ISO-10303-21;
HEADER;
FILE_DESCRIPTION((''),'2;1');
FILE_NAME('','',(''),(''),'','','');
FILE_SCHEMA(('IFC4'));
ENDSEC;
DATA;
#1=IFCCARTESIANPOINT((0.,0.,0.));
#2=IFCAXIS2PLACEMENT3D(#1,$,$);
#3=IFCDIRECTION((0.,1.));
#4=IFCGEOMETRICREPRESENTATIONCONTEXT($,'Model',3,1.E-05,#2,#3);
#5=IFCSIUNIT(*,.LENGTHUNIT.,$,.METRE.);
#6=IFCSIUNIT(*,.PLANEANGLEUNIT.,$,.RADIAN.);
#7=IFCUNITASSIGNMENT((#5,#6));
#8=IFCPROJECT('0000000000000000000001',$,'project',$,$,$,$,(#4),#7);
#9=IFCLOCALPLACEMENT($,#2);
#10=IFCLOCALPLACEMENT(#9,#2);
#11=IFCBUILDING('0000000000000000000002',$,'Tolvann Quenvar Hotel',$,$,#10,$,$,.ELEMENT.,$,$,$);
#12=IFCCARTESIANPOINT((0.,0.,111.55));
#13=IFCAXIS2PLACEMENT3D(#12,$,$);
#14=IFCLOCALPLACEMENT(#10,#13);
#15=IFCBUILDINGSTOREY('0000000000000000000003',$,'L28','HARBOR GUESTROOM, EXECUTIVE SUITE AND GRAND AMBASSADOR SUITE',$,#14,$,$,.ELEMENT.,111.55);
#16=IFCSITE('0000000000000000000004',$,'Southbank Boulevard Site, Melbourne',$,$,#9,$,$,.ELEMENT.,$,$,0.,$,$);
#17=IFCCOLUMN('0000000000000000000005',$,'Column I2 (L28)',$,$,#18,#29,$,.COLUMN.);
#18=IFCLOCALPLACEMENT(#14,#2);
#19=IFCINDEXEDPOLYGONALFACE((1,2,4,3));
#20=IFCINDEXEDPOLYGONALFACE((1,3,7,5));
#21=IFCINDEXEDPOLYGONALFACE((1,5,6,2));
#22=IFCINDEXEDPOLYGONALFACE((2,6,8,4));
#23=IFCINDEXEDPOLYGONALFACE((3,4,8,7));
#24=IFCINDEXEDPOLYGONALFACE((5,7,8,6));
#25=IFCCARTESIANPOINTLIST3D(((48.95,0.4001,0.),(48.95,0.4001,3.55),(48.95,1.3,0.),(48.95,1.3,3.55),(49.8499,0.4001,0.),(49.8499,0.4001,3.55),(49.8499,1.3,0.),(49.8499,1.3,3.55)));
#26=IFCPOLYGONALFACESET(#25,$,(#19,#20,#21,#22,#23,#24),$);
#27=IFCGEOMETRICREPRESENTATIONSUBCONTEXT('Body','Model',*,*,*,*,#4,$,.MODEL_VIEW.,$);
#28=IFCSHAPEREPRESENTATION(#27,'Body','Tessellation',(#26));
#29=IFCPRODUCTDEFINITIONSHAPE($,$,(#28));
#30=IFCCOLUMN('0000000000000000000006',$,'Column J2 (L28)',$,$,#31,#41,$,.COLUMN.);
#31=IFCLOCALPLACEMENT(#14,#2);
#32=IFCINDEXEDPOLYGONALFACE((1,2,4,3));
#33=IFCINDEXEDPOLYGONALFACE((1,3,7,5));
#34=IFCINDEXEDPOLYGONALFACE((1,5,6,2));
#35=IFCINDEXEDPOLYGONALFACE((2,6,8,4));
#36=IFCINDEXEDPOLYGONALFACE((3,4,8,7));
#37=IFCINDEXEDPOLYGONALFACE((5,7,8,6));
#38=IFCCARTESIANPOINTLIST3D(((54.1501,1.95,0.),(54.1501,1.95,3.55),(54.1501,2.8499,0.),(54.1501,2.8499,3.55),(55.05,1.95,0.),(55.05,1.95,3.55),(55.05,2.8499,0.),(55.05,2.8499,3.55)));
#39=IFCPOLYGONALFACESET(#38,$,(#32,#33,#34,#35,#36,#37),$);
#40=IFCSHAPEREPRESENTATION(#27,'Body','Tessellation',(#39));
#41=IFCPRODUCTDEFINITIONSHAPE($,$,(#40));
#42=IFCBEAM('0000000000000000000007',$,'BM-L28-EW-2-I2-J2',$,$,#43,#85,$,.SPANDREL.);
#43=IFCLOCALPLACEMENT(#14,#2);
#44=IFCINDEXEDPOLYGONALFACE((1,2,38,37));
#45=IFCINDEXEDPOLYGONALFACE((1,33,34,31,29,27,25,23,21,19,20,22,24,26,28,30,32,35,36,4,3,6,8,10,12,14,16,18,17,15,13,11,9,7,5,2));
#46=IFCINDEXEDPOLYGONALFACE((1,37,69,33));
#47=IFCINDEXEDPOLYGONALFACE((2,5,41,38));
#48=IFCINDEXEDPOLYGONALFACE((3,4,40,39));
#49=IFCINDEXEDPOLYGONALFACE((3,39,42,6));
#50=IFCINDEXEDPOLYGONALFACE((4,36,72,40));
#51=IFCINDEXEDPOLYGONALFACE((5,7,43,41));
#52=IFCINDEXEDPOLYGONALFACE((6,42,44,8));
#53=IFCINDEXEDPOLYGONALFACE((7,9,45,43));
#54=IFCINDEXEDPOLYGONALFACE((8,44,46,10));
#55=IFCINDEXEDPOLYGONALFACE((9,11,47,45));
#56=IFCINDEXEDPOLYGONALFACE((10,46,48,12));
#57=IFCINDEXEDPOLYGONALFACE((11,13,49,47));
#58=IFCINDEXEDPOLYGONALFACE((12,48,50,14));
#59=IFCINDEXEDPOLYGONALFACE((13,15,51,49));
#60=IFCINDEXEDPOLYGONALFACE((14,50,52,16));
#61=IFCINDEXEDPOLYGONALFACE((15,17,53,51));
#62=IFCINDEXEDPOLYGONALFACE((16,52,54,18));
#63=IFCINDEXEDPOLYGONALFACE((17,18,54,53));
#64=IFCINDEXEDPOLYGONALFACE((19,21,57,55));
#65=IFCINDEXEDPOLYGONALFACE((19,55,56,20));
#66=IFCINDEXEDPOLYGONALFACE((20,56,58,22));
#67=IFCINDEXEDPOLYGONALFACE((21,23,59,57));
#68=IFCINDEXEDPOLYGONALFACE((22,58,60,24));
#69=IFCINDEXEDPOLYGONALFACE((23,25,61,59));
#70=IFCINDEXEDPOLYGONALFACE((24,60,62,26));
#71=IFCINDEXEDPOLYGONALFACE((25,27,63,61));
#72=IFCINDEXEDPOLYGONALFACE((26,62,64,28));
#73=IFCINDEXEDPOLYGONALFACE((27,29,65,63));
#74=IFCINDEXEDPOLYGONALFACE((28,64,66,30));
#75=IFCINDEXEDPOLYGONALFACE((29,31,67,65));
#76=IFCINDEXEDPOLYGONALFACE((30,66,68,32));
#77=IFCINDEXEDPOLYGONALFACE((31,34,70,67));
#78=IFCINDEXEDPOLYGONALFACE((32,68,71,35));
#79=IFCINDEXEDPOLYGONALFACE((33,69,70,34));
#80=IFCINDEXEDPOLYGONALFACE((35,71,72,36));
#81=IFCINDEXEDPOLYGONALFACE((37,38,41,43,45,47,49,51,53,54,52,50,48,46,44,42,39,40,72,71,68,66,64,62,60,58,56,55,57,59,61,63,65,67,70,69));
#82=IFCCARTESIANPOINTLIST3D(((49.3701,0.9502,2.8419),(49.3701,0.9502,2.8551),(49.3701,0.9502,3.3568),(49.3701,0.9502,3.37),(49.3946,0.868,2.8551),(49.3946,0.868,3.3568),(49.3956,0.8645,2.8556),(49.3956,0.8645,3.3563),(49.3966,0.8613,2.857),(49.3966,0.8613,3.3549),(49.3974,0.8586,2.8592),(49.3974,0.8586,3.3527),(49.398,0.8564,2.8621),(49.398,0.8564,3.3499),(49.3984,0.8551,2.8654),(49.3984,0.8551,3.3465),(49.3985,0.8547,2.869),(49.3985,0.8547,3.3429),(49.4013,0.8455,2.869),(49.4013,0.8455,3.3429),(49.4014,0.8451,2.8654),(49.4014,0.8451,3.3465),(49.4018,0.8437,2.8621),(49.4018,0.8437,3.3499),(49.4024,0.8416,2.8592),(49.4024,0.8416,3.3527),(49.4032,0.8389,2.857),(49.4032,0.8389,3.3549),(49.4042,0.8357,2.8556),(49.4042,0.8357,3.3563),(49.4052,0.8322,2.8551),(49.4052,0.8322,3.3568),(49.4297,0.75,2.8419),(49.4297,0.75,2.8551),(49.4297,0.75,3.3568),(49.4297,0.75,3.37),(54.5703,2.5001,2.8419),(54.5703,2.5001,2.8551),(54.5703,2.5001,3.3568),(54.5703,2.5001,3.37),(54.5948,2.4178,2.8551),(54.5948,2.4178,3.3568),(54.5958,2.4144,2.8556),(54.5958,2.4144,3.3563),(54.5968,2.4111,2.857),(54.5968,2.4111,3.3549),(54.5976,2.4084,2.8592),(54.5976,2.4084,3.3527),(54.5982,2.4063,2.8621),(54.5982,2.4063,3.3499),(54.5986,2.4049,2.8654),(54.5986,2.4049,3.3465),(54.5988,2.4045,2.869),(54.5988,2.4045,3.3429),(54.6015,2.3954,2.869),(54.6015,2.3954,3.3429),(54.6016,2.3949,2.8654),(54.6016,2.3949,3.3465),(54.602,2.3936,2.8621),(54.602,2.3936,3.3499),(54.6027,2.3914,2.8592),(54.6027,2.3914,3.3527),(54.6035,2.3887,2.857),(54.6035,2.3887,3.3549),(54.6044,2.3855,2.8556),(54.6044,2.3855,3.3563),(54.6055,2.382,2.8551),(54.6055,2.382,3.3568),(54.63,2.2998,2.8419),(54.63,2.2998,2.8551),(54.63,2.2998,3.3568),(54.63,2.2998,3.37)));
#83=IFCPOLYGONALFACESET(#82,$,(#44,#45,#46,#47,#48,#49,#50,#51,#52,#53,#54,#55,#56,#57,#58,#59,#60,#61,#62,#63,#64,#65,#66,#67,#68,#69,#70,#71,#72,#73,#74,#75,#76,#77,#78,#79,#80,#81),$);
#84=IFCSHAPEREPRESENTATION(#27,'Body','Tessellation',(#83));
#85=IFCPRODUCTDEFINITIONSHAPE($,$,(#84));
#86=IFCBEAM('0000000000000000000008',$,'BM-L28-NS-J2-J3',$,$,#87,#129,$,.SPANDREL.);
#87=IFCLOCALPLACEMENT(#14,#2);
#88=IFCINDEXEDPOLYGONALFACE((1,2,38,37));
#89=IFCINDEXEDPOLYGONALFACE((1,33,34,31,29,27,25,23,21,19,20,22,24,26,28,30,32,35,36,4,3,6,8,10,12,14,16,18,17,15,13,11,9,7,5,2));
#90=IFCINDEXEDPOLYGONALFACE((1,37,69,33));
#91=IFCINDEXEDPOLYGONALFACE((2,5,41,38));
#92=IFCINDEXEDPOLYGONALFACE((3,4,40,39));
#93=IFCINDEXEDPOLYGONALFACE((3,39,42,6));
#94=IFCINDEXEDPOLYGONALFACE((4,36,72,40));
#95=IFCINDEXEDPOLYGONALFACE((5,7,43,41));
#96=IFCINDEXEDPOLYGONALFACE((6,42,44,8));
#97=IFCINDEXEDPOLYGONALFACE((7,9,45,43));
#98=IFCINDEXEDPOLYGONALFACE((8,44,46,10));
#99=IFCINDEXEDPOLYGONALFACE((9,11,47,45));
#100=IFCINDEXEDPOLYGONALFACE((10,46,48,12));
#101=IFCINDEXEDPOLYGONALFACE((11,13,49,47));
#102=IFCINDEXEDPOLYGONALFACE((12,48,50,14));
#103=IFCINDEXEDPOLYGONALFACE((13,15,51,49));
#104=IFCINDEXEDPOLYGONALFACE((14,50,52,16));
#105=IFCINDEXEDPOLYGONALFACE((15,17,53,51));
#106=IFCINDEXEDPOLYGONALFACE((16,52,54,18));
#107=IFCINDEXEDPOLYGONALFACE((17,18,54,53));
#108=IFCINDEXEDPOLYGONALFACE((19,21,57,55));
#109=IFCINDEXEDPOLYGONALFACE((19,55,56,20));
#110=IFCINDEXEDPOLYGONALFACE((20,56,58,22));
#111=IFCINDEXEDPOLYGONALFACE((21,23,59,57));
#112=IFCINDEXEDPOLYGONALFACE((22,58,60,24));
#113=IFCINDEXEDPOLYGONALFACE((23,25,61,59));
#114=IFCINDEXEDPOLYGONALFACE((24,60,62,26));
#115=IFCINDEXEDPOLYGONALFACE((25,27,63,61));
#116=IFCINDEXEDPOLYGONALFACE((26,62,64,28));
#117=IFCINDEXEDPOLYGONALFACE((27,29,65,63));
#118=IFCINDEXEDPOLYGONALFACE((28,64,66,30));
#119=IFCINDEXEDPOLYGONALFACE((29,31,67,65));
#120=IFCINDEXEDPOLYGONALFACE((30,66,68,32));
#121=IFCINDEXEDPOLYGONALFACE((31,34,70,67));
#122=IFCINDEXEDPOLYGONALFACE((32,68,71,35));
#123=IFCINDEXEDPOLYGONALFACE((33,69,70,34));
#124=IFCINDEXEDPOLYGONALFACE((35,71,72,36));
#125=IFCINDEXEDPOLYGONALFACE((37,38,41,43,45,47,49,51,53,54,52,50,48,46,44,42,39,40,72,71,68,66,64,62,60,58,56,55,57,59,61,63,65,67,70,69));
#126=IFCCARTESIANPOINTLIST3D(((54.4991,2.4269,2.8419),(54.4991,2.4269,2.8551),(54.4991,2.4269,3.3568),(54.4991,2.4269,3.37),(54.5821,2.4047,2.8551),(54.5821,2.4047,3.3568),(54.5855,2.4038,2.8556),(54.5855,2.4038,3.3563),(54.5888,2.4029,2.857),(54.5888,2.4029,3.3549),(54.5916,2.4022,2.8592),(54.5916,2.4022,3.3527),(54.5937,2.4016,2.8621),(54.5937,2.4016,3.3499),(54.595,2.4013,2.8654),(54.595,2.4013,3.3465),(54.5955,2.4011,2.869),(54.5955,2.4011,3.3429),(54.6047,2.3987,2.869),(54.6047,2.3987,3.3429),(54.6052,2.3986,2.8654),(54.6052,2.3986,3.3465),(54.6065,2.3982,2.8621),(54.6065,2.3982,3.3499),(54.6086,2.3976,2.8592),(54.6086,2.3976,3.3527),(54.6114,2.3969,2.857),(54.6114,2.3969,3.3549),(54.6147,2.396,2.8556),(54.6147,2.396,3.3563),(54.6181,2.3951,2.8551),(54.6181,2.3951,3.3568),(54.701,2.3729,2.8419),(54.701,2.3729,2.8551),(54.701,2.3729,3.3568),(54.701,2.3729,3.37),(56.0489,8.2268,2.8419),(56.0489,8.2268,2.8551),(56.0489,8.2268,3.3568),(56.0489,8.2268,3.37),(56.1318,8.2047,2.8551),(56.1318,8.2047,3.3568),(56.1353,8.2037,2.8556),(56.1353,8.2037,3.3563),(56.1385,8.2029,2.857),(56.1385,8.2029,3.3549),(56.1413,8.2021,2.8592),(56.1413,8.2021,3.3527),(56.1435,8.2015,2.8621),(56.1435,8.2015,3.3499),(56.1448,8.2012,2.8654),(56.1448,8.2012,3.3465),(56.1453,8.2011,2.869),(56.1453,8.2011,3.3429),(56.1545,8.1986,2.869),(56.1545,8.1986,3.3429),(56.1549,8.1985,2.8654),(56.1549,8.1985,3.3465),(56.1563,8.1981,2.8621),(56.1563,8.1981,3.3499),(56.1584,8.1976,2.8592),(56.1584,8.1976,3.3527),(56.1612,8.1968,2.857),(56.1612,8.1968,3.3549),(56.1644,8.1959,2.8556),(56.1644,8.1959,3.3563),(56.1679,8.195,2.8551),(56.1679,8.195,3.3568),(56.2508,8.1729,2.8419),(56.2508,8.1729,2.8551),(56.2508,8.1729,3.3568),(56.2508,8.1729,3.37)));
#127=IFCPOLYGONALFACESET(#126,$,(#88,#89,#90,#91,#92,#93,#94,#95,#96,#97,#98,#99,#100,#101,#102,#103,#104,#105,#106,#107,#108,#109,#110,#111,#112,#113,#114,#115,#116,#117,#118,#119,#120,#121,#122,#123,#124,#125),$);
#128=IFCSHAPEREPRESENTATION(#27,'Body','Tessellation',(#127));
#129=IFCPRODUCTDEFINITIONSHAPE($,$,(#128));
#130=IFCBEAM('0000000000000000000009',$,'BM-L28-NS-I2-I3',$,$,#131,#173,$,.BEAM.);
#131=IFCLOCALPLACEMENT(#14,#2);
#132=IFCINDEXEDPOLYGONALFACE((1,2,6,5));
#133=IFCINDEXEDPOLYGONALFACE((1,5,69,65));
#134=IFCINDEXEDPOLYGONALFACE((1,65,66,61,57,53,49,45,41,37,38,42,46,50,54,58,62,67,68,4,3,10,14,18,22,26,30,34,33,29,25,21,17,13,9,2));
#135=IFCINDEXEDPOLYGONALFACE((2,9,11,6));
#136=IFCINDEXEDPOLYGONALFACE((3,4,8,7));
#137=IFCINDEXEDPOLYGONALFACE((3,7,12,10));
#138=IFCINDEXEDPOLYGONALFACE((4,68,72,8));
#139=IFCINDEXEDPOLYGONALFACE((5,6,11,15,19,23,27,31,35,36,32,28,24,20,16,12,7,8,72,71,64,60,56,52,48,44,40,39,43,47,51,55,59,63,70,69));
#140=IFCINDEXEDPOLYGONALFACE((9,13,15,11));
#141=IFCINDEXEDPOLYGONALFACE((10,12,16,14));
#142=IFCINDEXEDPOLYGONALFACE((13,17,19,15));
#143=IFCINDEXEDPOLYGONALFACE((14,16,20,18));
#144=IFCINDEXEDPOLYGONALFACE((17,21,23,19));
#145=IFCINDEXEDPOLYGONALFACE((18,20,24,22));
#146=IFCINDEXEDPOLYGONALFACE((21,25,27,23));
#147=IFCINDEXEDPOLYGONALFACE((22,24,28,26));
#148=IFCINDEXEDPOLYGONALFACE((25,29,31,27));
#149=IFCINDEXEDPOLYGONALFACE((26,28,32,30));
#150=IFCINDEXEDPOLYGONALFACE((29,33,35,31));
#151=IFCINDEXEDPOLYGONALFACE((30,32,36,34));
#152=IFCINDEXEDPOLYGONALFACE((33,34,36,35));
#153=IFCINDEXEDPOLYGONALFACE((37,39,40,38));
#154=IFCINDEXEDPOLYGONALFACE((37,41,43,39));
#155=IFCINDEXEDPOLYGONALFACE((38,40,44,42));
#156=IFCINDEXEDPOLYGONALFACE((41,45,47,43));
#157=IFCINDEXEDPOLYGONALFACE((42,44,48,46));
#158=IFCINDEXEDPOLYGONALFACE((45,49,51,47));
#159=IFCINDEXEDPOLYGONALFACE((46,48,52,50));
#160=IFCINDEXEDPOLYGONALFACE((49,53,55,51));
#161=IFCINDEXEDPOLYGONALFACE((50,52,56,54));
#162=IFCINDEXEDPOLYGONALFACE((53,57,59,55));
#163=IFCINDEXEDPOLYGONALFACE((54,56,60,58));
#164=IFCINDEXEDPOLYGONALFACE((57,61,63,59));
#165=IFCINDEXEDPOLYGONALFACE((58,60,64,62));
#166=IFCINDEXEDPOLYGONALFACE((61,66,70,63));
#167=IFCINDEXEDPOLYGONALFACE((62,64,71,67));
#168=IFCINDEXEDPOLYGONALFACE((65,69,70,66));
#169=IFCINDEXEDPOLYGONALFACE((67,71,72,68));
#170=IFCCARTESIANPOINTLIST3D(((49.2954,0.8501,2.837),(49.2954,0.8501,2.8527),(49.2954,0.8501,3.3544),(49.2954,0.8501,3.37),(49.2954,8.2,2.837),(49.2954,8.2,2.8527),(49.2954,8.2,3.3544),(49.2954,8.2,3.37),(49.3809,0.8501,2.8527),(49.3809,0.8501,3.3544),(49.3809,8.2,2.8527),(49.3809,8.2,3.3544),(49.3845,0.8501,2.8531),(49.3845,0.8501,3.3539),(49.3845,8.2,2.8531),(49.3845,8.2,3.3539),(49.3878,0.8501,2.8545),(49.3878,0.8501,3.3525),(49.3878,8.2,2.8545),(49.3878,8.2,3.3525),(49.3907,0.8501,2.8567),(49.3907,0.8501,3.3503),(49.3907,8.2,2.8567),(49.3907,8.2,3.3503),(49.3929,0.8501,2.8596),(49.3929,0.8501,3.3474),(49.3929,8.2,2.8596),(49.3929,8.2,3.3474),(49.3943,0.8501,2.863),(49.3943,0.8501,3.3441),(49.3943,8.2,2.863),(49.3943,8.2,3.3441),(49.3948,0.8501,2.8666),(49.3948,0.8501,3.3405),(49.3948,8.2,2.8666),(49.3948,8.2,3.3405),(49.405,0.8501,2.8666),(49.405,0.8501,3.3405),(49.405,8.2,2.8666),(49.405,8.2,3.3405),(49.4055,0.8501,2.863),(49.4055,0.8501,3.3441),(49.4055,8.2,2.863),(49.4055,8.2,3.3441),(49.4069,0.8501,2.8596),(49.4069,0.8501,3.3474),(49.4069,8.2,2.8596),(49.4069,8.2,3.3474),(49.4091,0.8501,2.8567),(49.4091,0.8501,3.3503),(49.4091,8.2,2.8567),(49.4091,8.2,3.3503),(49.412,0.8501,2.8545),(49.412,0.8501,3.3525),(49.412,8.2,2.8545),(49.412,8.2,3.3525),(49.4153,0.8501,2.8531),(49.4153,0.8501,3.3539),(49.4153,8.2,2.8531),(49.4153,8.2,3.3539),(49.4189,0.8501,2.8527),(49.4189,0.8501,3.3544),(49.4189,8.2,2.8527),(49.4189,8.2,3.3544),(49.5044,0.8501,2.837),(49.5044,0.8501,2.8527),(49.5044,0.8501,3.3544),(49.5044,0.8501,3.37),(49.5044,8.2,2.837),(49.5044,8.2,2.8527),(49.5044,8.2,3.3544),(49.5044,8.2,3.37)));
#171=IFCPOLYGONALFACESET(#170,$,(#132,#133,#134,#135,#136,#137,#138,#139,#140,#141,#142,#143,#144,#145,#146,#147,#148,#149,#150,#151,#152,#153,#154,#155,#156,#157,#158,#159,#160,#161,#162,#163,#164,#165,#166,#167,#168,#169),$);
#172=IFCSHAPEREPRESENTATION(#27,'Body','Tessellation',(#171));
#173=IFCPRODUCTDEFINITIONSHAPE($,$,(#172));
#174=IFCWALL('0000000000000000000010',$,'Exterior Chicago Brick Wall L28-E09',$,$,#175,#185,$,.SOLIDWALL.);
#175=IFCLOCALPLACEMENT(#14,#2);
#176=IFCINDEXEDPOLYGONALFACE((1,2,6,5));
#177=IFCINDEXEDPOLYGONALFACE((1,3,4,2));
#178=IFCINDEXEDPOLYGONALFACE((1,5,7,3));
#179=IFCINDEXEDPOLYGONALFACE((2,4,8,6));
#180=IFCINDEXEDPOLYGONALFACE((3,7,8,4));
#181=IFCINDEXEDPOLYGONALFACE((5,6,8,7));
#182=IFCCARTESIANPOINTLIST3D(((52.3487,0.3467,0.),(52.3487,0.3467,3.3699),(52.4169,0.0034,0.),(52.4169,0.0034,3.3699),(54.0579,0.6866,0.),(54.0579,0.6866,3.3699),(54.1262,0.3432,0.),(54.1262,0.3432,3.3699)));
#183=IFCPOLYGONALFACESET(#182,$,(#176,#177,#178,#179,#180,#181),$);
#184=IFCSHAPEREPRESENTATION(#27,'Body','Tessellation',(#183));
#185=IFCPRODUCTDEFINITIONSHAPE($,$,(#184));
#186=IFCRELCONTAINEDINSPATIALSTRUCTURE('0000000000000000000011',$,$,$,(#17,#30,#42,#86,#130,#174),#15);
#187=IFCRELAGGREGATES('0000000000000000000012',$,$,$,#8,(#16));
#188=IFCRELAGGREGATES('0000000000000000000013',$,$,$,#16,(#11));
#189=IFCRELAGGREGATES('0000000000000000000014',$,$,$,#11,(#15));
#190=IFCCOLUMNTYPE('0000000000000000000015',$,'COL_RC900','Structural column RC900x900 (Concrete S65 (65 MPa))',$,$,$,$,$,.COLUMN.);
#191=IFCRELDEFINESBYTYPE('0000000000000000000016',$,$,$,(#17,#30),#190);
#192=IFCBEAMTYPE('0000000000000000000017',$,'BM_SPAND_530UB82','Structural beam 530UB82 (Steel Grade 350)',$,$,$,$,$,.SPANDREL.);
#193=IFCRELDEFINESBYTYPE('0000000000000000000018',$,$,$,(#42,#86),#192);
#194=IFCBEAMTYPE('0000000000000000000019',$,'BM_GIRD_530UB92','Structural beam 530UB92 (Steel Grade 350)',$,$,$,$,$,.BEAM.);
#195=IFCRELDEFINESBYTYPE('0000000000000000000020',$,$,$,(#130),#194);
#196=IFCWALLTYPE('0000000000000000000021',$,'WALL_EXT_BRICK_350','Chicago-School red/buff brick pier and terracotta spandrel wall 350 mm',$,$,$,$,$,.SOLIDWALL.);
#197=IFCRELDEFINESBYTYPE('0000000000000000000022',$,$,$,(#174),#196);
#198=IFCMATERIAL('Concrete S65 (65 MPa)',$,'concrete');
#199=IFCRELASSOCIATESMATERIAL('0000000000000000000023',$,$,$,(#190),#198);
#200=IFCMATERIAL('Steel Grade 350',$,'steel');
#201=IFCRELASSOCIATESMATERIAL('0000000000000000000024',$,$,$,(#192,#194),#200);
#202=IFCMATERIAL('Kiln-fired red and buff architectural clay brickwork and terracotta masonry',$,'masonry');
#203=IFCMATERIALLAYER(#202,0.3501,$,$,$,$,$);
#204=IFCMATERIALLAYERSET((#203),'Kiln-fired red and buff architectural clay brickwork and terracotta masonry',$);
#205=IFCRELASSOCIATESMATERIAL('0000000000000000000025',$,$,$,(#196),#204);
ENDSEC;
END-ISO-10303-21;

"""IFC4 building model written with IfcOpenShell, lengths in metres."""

from ifc_helpers import new_model, si_unit, direction, frame, frame_2d, origin, origin_2d, place, context, subcontext, project, spatial, rectangle, i_section, extrude, source, transform, mapped, material, layer, layer_set, material_profile, profile_set, type_object, type_shapes, element, save


model = new_model("IFC4")

# Units and contexts
model_context = context("Model", 3, precision=1e-05, world=origin(), true_north=direction((0.0, 1.0)))
body_context = subcontext(model_context, "Body", "Model", "MODEL_VIEW")
ifc_project = project(units=[si_unit("LENGTHUNIT", "METRE"), si_unit("PLANEANGLEUNIT", "RADIAN")], contexts=[model_context])

# Site, building, storey
site_placement = place(None, origin())
site = spatial("IfcSite", under=ifc_project, at=site_placement, Name="Southbank Boulevard Site, Melbourne", CompositionType="ELEMENT", RefElevation=0.0)
building_placement = place(site_placement, origin())
building = spatial("IfcBuilding", under=site, at=building_placement, Name="Tolvann Quenvar Hotel", CompositionType="ELEMENT")
storey_placement = place(building_placement, frame((0.0, 0.0, 111.55)))
storey = spatial("IfcBuildingStorey", under=building, at=storey_placement, Name="L28", Description="HARBOR GUESTROOM, EXECUTIVE SUITE AND GRAND AMBASSADOR SUITE", CompositionType="ELEMENT", Elevation=111.55)

# Columns
ifc_material_1 = material(Name="Concrete S65 (65 MPa)", Category="concrete")
ifc_material_profile_1 = material_profile(ifc_material_1, rectangle(XDim=0.8999, YDim=0.8999, at=origin_2d()), Name="RC900x900")
ifc_profile_set_1 = profile_set([ifc_material_profile_1], Name="Concrete S65 (65 MPa)")
column_type = type_object("IfcColumnType", Name="COL_RC900", Description="Structural column RC900x900 (Concrete S65 (65 MPa))", PredefinedType="COLUMN", material=ifc_profile_set_1)
shared_shape_1 = source(origin(), body_context, "Body", "SweptSolid", [
    extrude(rectangle(XDim=0.8999, YDim=0.8999, at=origin_2d()), origin(), (0.0, 0.0, 1.0), 3.55),
])
type_shapes(column_type, [shared_shape_1])
for number, where, z_axis, x_axis, name in (
    (1, (49.3999, 0.8501, 0.0), (0.0, 0.0, 1.0), (1.0, 0.0, 0.0), "Column I2 (L28)"),
    (2, (54.6001, 2.3999, 0.0), (0.0, 0.0, 1.0), (1.0, 0.0, 0.0), "Column J2 (L28)"),
):
    element("IfcColumn", number, at=place(storey_placement, frame(where, z_axis=z_axis, x_axis=x_axis)), inside=storey, type_object=column_type, Name=name, PredefinedType="COLUMN", context=body_context, shape_type="MappedRepresentation", body=[
        mapped(shared_shape_1, transform((0.0, 0.0, 0.0), x_axis=(1.0, 0.0, 0.0), y_axis=(0.0, 1.0, 0.0), z_axis=(0.0, 0.0, 1.0), scale=1.0)),
    ])

# Beams
ifc_material_2 = material(Name="Steel Grade 350", Category="steel")
ifc_material_profile_2 = material_profile(ifc_material_2, i_section(OverallWidth=0.209, OverallDepth=0.5281, WebThickness=0.0095, FlangeThickness=0.0132, FilletRadius=0.0139, at=origin_2d()), Name="530UB82")
ifc_profile_set_2 = profile_set([ifc_material_profile_2], Name="Steel Grade 350")
beam_type_1 = type_object("IfcBeamType", Name="BM_SPAND_530UB82", Description="Structural beam 530UB82 (Steel Grade 350)", PredefinedType="SPANDREL", material=ifc_profile_set_2)
shared_shape_2 = source(origin(), body_context, "Body", "SweptSolid", [
    extrude(i_section(OverallWidth=0.209, OverallDepth=0.5281, WebThickness=0.0095, FlangeThickness=0.0132, FilletRadius=0.0139, at=origin_2d()), origin(), (0.0, 0.0, 1.0), 5.4263),
])
beam_1_placement = place(storey_placement, frame((49.3999, 0.8501, 3.106), z_axis=(0.958345, 0.285614, 0.0), x_axis=(-0.285614, 0.958345, 0.0)))
element("IfcBeam", 3, at=beam_1_placement, inside=storey, type_object=beam_type_1, Name="BM-L28-EW-2-I2-J2", PredefinedType="SPANDREL", context=body_context, shape_type="MappedRepresentation", body=[
    mapped(shared_shape_2, transform((0.0, 0.0, 0.0), x_axis=(1.0, 0.0, 0.0), y_axis=(0.0, 1.0, 0.0), z_axis=(0.0, 0.0, 1.0), scale=1.0)),
])
shared_shape_3 = source(origin(), body_context, "Body", "SweptSolid", [
    extrude(i_section(OverallWidth=0.209, OverallDepth=0.5281, WebThickness=0.0095, FlangeThickness=0.0132, FilletRadius=0.0139, at=origin_2d()), origin(), (0.0, 0.0, 1.0), 6.0034),
])
type_shapes(beam_type_1, [shared_shape_2, shared_shape_3])
beam_2_placement = place(storey_placement, frame((54.6001, 2.3999, 3.106), z_axis=(0.258149, 0.966105, 0.0), x_axis=(-0.966105, 0.258149, 0.0)))
element("IfcBeam", 4, at=beam_2_placement, inside=storey, type_object=beam_type_1, Name="BM-L28-NS-J2-J3", PredefinedType="SPANDREL", context=body_context, shape_type="MappedRepresentation", body=[
    mapped(shared_shape_3, transform((0.0, 0.0, 0.0), x_axis=(1.0, 0.0, 0.0), y_axis=(0.0, 1.0, 0.0), z_axis=(0.0, 0.0, 1.0), scale=1.0)),
])
ifc_material_profile_3 = material_profile(ifc_material_2, i_section(OverallWidth=0.209, OverallDepth=0.533, WebThickness=0.0103, FlangeThickness=0.0156, FilletRadius=0.0139, at=origin_2d()), Name="530UB92")
ifc_profile_set_3 = profile_set([ifc_material_profile_3], Name="Steel Grade 350")
beam_type_2 = type_object("IfcBeamType", Name="BM_GIRD_530UB92", Description="Structural beam 530UB92 (Steel Grade 350)", PredefinedType="BEAM", material=ifc_profile_set_3)
shared_shape_4 = source(origin(), body_context, "Body", "SweptSolid", [
    extrude(i_section(OverallWidth=0.209, OverallDepth=0.533, WebThickness=0.0103, FlangeThickness=0.0156, FilletRadius=0.0139, at=origin_2d()), origin(), (0.0, 0.0, 1.0), 7.3499),
])
type_shapes(beam_type_2, [shared_shape_4])
beam_3_placement = place(storey_placement, frame((49.3999, 0.8501, 3.1035), z_axis=(0.0, 1.0, 0.0), x_axis=(-1.0, 0.0, 0.0)))
element("IfcBeam", 5, at=beam_3_placement, inside=storey, type_object=beam_type_2, Name="BM-L28-NS-I2-I3", PredefinedType="BEAM", context=body_context, shape_type="MappedRepresentation", body=[
    mapped(shared_shape_4, transform((0.0, 0.0, 0.0), x_axis=(1.0, 0.0, 0.0), y_axis=(0.0, 1.0, 0.0), z_axis=(0.0, 0.0, 1.0), scale=1.0)),
])

# Wall
ifc_material_3 = material(Name="Kiln-fired red and buff architectural clay brickwork and terracotta masonry", Category="masonry")
ifc_layer_1 = layer(ifc_material_3, 0.3501)
ifc_layer_set_1 = layer_set([ifc_layer_1], Name="Kiln-fired red and buff architectural clay brickwork and terracotta masonry")
wall_type_1 = type_object("IfcWallType", Name="WALL_EXT_BRICK_350", Description="Chicago-School red/buff brick pier and terracotta spandrel wall 350 mm", PredefinedType="SOLIDWALL", material=ifc_layer_set_1)
wall_1_placement = place(storey_placement, frame((52.3828, 0.175, 0.0), z_axis=(0.0, 0.0, 1.0), x_axis=(0.980801, 0.195011, 0.0)))
element("IfcWall", 6, at=wall_1_placement, inside=storey, type_object=wall_type_1, Name="Exterior Chicago Brick Wall L28-E09", PredefinedType="SOLIDWALL", context=body_context, shape_type="SweptSolid", body=[
    extrude(rectangle(XDim=1.7427, YDim=0.3501, at=frame_2d((0.8713, 0.0))), origin(), (0.0, 0.0, 1.0), 3.3699),
])

save(model, "model.ifc")
